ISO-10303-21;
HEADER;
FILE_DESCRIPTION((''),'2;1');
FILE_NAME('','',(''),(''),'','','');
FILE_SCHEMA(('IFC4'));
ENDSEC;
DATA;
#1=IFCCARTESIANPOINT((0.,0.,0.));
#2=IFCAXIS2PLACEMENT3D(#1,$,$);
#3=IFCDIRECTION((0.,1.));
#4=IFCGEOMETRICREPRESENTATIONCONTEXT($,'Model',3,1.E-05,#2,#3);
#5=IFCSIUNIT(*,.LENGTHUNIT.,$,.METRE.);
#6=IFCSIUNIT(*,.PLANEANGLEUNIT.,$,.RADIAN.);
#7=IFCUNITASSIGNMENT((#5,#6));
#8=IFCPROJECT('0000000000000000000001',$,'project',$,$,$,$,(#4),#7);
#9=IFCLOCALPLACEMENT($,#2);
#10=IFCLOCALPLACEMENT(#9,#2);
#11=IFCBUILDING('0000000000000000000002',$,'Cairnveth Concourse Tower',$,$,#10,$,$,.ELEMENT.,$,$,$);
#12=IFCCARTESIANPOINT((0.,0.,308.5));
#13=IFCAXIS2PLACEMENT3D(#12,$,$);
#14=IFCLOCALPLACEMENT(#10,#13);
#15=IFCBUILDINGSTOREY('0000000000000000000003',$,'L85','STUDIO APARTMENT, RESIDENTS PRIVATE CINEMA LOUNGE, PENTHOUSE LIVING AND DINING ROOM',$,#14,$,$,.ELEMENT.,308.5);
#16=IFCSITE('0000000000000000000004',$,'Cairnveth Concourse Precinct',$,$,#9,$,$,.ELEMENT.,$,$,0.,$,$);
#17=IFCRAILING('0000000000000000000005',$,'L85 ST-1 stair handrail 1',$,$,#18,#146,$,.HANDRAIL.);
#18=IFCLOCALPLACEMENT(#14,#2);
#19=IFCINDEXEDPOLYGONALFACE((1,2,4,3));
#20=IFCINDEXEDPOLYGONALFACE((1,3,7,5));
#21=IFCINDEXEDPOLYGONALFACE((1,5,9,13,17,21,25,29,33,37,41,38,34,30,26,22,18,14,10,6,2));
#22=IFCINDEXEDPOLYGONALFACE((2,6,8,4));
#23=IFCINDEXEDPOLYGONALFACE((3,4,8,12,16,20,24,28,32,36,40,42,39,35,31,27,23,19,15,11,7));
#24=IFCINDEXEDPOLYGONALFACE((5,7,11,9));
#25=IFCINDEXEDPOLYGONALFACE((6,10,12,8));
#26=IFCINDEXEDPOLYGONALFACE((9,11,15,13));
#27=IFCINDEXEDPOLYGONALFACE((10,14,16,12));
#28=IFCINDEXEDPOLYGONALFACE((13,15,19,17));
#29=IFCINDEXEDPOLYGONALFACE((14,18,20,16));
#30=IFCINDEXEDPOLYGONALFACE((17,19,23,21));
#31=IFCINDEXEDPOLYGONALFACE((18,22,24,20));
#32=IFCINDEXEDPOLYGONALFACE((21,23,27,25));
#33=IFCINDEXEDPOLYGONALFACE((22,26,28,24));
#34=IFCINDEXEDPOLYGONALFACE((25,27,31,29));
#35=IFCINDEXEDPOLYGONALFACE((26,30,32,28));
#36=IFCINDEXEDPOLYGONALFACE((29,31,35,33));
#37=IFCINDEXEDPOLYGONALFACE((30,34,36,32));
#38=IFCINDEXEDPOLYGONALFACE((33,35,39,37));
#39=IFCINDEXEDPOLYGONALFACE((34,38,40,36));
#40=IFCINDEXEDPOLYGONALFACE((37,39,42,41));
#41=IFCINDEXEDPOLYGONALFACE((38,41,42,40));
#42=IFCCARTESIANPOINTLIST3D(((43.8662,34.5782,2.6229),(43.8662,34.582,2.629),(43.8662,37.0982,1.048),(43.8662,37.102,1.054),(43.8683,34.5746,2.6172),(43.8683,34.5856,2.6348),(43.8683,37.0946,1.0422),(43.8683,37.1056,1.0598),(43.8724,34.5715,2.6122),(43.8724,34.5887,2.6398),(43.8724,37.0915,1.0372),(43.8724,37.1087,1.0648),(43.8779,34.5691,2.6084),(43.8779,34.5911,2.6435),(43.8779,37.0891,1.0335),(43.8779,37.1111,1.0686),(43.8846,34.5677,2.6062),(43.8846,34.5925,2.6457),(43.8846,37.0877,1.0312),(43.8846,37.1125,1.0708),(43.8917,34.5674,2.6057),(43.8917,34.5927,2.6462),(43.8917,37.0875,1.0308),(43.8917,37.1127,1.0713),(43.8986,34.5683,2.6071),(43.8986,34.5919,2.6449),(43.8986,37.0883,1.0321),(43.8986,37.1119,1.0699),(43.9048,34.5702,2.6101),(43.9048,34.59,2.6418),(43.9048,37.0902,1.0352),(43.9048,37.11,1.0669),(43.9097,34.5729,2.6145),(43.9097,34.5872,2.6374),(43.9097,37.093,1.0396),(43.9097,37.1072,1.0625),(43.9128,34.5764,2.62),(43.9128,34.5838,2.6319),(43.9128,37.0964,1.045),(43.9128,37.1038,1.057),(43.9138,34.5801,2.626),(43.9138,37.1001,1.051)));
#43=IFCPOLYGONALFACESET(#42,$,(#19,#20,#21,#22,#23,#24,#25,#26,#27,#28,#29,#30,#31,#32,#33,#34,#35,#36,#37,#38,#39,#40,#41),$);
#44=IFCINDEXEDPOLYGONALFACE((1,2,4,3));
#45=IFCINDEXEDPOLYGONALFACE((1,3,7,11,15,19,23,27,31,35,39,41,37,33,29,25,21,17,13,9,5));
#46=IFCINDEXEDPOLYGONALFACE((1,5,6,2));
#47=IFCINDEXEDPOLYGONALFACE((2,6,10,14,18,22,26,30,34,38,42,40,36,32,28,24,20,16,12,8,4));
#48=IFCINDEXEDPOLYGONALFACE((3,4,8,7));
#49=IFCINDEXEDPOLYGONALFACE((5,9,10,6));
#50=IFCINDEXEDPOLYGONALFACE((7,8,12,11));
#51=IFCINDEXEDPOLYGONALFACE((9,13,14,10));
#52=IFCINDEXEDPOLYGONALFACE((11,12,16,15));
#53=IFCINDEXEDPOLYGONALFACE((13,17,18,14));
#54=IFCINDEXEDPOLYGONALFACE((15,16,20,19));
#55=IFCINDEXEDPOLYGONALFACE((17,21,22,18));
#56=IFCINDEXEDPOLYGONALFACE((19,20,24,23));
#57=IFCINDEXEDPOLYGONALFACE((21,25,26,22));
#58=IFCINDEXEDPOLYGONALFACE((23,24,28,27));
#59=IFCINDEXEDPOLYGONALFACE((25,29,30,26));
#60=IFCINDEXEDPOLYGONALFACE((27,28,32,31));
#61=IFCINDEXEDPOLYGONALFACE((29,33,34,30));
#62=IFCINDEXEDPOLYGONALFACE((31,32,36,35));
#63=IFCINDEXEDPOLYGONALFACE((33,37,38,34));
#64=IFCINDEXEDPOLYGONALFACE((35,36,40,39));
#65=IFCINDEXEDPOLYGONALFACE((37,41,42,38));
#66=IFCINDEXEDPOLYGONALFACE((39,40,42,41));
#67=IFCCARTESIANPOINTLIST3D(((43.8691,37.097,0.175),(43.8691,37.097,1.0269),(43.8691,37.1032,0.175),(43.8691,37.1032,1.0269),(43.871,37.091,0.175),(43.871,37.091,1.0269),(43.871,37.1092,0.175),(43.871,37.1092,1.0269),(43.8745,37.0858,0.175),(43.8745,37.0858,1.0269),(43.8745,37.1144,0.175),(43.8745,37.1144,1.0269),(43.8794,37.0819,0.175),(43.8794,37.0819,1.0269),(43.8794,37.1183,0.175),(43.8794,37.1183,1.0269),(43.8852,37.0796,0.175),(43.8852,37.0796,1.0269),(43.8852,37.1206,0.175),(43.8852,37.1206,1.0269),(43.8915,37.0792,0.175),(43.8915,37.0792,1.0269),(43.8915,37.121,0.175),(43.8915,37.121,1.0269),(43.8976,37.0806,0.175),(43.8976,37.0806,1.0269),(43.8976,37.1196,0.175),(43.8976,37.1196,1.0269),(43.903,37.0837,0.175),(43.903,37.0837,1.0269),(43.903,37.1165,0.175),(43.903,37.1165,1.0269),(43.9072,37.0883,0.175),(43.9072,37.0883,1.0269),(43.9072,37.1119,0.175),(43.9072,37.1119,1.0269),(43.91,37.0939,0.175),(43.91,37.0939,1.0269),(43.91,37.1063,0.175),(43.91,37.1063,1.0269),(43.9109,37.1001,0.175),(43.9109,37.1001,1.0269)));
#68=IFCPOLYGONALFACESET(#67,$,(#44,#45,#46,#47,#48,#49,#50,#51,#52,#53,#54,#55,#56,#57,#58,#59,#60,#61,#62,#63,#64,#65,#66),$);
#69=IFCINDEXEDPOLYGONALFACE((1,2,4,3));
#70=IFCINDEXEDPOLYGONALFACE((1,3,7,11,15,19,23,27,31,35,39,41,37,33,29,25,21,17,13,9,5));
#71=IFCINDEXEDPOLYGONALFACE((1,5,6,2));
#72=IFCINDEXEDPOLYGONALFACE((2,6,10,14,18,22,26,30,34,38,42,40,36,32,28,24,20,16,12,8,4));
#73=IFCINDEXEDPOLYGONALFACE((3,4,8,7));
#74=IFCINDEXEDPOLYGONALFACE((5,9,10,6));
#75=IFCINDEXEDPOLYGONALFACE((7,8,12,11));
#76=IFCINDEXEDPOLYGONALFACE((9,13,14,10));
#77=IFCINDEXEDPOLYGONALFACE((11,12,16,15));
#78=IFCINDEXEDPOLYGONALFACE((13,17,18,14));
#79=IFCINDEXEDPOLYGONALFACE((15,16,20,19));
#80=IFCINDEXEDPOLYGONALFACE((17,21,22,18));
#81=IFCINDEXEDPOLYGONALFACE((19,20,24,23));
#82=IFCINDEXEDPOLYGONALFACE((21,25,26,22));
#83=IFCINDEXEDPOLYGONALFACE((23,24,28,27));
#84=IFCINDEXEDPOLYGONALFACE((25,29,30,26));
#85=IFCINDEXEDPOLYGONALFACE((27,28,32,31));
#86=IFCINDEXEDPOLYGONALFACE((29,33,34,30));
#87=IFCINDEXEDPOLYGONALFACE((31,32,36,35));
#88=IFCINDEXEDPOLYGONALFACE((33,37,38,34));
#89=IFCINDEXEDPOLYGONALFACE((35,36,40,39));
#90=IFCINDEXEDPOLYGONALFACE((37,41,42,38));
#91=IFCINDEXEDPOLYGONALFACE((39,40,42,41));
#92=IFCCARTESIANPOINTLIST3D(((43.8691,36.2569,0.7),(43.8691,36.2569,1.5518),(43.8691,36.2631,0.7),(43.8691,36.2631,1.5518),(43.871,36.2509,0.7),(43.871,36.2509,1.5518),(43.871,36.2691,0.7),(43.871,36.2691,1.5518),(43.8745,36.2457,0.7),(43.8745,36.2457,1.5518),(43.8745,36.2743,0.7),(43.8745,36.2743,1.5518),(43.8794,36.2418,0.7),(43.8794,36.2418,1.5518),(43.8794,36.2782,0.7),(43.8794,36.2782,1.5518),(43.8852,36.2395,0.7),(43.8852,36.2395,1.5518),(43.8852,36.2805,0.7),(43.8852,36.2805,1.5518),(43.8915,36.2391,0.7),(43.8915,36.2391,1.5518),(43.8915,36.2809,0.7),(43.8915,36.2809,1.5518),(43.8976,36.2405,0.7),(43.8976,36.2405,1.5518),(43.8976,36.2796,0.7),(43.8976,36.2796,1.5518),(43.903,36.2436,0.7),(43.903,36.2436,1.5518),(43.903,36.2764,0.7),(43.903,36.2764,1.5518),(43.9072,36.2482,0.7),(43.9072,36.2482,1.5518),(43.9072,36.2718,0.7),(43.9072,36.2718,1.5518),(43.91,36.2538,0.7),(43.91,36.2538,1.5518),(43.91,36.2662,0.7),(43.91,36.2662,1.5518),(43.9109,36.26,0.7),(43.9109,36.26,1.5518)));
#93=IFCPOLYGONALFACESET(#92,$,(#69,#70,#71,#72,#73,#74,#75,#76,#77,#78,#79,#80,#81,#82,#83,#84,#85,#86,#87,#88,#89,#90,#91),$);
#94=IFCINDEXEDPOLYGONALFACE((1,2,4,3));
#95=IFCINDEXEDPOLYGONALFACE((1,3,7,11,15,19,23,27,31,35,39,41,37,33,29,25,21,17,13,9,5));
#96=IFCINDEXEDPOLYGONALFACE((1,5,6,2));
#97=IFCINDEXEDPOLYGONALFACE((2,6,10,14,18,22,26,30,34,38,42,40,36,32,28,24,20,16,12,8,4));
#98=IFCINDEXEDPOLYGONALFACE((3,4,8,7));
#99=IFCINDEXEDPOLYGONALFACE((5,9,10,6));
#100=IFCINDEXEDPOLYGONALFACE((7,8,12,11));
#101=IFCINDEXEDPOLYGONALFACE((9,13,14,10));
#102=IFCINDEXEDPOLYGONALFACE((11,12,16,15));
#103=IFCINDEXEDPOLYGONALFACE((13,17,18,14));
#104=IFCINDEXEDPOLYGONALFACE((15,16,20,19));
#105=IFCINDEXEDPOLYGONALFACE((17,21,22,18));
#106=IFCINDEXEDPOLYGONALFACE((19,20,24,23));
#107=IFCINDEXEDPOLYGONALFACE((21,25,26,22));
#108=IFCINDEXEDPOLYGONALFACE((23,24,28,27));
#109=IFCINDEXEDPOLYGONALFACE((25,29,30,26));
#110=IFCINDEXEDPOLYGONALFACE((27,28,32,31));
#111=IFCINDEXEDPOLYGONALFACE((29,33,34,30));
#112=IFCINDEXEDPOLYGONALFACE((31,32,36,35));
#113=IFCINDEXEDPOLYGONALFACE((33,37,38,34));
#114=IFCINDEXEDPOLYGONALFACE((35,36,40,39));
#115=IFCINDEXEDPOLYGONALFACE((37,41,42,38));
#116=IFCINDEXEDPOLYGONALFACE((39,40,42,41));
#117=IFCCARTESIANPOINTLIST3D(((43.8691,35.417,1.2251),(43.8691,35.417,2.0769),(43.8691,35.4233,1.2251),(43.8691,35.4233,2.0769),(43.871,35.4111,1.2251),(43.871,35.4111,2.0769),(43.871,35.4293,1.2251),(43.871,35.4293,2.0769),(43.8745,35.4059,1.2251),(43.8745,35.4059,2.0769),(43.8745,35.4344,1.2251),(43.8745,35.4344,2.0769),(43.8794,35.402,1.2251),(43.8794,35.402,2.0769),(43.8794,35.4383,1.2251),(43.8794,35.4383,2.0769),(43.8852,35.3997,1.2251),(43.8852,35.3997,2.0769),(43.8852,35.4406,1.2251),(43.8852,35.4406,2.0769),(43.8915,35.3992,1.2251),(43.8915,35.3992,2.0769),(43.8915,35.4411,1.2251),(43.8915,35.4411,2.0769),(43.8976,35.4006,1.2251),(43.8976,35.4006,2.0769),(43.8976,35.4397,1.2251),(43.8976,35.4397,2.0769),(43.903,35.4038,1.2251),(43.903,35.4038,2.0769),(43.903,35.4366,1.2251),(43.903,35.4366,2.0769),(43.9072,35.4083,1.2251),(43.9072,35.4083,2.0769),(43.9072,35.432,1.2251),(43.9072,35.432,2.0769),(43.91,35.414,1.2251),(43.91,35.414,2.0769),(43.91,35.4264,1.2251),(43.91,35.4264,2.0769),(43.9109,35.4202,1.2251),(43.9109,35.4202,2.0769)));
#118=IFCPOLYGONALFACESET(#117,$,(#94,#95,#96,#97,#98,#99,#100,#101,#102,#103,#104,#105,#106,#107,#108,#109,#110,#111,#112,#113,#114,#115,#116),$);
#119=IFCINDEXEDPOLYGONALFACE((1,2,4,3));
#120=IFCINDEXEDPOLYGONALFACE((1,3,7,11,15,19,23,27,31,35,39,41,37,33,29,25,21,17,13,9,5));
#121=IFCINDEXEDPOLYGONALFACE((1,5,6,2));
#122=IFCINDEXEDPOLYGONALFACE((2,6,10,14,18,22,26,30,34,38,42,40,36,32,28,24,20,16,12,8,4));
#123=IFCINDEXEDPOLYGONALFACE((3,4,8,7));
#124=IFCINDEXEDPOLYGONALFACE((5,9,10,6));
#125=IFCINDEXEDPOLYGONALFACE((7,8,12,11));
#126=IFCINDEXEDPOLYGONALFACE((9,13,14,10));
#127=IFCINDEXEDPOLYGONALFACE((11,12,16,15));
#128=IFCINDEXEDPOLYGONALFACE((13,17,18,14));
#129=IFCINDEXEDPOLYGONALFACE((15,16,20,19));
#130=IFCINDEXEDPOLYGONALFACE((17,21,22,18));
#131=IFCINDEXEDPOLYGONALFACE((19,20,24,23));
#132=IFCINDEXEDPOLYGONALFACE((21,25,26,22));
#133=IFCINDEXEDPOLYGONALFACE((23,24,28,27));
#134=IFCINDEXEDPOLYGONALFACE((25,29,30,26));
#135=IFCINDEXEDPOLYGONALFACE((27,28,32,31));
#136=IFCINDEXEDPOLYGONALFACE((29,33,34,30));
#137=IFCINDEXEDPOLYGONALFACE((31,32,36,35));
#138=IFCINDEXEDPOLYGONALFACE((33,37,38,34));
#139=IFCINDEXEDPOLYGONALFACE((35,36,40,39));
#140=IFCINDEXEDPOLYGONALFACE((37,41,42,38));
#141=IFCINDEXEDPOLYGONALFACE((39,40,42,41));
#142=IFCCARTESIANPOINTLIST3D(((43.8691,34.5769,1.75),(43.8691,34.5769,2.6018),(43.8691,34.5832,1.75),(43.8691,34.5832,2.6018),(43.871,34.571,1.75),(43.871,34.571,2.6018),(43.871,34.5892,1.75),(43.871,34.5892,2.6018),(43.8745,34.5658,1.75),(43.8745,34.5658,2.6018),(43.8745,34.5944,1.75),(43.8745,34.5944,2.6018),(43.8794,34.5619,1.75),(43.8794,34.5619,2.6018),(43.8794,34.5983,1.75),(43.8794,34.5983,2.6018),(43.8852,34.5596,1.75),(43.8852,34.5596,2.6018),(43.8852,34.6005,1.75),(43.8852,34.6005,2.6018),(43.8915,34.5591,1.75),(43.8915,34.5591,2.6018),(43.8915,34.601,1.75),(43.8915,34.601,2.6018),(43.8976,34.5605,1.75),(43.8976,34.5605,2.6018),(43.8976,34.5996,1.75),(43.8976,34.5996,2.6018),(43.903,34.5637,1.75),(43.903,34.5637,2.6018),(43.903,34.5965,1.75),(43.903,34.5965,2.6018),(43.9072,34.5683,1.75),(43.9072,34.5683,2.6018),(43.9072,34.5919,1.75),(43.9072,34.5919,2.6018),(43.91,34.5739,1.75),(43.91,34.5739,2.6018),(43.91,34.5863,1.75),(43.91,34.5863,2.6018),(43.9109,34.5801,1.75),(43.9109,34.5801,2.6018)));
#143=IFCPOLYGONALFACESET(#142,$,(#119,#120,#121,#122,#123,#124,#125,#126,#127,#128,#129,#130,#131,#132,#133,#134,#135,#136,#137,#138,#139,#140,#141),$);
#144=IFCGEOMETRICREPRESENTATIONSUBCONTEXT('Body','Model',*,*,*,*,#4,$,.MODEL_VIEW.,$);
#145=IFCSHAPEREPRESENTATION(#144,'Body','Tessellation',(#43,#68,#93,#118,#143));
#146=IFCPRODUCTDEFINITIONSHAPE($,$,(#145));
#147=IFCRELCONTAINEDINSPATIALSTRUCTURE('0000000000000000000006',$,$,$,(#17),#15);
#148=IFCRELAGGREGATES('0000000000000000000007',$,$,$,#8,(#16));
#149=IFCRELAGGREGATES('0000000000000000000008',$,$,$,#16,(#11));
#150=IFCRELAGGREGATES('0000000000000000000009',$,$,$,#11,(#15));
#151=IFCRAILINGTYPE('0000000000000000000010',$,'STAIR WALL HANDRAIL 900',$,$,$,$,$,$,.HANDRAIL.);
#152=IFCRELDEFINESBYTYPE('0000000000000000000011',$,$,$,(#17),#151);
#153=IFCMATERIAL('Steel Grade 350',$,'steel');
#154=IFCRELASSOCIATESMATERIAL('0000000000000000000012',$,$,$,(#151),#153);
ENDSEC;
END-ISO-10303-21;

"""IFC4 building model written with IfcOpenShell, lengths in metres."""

from ifc_helpers import new_model, si_unit, direction, frame, origin, origin_2d, place, context, subcontext, project, spatial, circle, extrude, material, type_object, element, save


model = new_model("IFC4")

# Units and contexts
model_context = context("Model", 3, precision=1e-05, world=origin(), true_north=direction((0.0, 1.0)))
body_context = subcontext(model_context, "Body", "Model", "MODEL_VIEW")
ifc_project = project(units=[si_unit("LENGTHUNIT", "METRE"), si_unit("PLANEANGLEUNIT", "RADIAN")], contexts=[model_context])

# Site, building, storey
site_placement = place(None, origin())
site = spatial("IfcSite", under=ifc_project, at=site_placement, Name="Cairnveth Concourse Precinct", CompositionType="ELEMENT", RefElevation=0.0)
building_placement = place(site_placement, origin())
building = spatial("IfcBuilding", under=site, at=building_placement, Name="Cairnveth Concourse Tower", CompositionType="ELEMENT")
storey_placement = place(building_placement, frame((0.0, 0.0, 308.5)))
storey = spatial("IfcBuildingStorey", under=building, at=storey_placement, Name="L85", Description="STUDIO APARTMENT, RESIDENTS PRIVATE CINEMA LOUNGE, PENTHOUSE LIVING AND DINING ROOM", CompositionType="ELEMENT", Elevation=308.5)

# Shared definitions
ifc_material_1 = material(Name="Steel Grade 350", Category="steel")

# Railing
railing_type_1 = type_object("IfcRailingType", Name="STAIR WALL HANDRAIL 900", PredefinedType="HANDRAIL", material=ifc_material_1)
railing_1_placement = place(storey_placement, frame((43.8899, 37.1001, 0.175)))
element("IfcRailing", 1, at=railing_1_placement, inside=storey, type_object=railing_type_1, Name="L85 ST-1 stair handrail 1", PredefinedType="HANDRAIL", context=body_context, shape_type="SweptSolid", body=[
    extrude(circle(Radius=0.0239, at=origin_2d()), frame((0.0, 0.0, 0.876), z_axis=(0.0, -0.848008, 0.529984), x_axis=(1.0, 0.0, 0.0)), (0.0, 0.0, 1.0), 2.9717),
    extrude(circle(Radius=0.021, at=origin_2d()), origin(), (0.0, 0.0, 1.0), 0.8518),
    extrude(circle(Radius=0.021, at=origin_2d()), frame((0.0, -0.8401, 0.5249)), (0.0, 0.0, 1.0), 0.8518),
    extrude(circle(Radius=0.021, at=origin_2d()), frame((0.0, -1.6799, 1.05)), (0.0, 0.0, 1.0), 0.8518),
    extrude(circle(Radius=0.021, at=origin_2d()), frame((0.0, -2.52, 1.575)), (0.0, 0.0, 1.0), 0.8518),
])

save(model, "model.ifc")
